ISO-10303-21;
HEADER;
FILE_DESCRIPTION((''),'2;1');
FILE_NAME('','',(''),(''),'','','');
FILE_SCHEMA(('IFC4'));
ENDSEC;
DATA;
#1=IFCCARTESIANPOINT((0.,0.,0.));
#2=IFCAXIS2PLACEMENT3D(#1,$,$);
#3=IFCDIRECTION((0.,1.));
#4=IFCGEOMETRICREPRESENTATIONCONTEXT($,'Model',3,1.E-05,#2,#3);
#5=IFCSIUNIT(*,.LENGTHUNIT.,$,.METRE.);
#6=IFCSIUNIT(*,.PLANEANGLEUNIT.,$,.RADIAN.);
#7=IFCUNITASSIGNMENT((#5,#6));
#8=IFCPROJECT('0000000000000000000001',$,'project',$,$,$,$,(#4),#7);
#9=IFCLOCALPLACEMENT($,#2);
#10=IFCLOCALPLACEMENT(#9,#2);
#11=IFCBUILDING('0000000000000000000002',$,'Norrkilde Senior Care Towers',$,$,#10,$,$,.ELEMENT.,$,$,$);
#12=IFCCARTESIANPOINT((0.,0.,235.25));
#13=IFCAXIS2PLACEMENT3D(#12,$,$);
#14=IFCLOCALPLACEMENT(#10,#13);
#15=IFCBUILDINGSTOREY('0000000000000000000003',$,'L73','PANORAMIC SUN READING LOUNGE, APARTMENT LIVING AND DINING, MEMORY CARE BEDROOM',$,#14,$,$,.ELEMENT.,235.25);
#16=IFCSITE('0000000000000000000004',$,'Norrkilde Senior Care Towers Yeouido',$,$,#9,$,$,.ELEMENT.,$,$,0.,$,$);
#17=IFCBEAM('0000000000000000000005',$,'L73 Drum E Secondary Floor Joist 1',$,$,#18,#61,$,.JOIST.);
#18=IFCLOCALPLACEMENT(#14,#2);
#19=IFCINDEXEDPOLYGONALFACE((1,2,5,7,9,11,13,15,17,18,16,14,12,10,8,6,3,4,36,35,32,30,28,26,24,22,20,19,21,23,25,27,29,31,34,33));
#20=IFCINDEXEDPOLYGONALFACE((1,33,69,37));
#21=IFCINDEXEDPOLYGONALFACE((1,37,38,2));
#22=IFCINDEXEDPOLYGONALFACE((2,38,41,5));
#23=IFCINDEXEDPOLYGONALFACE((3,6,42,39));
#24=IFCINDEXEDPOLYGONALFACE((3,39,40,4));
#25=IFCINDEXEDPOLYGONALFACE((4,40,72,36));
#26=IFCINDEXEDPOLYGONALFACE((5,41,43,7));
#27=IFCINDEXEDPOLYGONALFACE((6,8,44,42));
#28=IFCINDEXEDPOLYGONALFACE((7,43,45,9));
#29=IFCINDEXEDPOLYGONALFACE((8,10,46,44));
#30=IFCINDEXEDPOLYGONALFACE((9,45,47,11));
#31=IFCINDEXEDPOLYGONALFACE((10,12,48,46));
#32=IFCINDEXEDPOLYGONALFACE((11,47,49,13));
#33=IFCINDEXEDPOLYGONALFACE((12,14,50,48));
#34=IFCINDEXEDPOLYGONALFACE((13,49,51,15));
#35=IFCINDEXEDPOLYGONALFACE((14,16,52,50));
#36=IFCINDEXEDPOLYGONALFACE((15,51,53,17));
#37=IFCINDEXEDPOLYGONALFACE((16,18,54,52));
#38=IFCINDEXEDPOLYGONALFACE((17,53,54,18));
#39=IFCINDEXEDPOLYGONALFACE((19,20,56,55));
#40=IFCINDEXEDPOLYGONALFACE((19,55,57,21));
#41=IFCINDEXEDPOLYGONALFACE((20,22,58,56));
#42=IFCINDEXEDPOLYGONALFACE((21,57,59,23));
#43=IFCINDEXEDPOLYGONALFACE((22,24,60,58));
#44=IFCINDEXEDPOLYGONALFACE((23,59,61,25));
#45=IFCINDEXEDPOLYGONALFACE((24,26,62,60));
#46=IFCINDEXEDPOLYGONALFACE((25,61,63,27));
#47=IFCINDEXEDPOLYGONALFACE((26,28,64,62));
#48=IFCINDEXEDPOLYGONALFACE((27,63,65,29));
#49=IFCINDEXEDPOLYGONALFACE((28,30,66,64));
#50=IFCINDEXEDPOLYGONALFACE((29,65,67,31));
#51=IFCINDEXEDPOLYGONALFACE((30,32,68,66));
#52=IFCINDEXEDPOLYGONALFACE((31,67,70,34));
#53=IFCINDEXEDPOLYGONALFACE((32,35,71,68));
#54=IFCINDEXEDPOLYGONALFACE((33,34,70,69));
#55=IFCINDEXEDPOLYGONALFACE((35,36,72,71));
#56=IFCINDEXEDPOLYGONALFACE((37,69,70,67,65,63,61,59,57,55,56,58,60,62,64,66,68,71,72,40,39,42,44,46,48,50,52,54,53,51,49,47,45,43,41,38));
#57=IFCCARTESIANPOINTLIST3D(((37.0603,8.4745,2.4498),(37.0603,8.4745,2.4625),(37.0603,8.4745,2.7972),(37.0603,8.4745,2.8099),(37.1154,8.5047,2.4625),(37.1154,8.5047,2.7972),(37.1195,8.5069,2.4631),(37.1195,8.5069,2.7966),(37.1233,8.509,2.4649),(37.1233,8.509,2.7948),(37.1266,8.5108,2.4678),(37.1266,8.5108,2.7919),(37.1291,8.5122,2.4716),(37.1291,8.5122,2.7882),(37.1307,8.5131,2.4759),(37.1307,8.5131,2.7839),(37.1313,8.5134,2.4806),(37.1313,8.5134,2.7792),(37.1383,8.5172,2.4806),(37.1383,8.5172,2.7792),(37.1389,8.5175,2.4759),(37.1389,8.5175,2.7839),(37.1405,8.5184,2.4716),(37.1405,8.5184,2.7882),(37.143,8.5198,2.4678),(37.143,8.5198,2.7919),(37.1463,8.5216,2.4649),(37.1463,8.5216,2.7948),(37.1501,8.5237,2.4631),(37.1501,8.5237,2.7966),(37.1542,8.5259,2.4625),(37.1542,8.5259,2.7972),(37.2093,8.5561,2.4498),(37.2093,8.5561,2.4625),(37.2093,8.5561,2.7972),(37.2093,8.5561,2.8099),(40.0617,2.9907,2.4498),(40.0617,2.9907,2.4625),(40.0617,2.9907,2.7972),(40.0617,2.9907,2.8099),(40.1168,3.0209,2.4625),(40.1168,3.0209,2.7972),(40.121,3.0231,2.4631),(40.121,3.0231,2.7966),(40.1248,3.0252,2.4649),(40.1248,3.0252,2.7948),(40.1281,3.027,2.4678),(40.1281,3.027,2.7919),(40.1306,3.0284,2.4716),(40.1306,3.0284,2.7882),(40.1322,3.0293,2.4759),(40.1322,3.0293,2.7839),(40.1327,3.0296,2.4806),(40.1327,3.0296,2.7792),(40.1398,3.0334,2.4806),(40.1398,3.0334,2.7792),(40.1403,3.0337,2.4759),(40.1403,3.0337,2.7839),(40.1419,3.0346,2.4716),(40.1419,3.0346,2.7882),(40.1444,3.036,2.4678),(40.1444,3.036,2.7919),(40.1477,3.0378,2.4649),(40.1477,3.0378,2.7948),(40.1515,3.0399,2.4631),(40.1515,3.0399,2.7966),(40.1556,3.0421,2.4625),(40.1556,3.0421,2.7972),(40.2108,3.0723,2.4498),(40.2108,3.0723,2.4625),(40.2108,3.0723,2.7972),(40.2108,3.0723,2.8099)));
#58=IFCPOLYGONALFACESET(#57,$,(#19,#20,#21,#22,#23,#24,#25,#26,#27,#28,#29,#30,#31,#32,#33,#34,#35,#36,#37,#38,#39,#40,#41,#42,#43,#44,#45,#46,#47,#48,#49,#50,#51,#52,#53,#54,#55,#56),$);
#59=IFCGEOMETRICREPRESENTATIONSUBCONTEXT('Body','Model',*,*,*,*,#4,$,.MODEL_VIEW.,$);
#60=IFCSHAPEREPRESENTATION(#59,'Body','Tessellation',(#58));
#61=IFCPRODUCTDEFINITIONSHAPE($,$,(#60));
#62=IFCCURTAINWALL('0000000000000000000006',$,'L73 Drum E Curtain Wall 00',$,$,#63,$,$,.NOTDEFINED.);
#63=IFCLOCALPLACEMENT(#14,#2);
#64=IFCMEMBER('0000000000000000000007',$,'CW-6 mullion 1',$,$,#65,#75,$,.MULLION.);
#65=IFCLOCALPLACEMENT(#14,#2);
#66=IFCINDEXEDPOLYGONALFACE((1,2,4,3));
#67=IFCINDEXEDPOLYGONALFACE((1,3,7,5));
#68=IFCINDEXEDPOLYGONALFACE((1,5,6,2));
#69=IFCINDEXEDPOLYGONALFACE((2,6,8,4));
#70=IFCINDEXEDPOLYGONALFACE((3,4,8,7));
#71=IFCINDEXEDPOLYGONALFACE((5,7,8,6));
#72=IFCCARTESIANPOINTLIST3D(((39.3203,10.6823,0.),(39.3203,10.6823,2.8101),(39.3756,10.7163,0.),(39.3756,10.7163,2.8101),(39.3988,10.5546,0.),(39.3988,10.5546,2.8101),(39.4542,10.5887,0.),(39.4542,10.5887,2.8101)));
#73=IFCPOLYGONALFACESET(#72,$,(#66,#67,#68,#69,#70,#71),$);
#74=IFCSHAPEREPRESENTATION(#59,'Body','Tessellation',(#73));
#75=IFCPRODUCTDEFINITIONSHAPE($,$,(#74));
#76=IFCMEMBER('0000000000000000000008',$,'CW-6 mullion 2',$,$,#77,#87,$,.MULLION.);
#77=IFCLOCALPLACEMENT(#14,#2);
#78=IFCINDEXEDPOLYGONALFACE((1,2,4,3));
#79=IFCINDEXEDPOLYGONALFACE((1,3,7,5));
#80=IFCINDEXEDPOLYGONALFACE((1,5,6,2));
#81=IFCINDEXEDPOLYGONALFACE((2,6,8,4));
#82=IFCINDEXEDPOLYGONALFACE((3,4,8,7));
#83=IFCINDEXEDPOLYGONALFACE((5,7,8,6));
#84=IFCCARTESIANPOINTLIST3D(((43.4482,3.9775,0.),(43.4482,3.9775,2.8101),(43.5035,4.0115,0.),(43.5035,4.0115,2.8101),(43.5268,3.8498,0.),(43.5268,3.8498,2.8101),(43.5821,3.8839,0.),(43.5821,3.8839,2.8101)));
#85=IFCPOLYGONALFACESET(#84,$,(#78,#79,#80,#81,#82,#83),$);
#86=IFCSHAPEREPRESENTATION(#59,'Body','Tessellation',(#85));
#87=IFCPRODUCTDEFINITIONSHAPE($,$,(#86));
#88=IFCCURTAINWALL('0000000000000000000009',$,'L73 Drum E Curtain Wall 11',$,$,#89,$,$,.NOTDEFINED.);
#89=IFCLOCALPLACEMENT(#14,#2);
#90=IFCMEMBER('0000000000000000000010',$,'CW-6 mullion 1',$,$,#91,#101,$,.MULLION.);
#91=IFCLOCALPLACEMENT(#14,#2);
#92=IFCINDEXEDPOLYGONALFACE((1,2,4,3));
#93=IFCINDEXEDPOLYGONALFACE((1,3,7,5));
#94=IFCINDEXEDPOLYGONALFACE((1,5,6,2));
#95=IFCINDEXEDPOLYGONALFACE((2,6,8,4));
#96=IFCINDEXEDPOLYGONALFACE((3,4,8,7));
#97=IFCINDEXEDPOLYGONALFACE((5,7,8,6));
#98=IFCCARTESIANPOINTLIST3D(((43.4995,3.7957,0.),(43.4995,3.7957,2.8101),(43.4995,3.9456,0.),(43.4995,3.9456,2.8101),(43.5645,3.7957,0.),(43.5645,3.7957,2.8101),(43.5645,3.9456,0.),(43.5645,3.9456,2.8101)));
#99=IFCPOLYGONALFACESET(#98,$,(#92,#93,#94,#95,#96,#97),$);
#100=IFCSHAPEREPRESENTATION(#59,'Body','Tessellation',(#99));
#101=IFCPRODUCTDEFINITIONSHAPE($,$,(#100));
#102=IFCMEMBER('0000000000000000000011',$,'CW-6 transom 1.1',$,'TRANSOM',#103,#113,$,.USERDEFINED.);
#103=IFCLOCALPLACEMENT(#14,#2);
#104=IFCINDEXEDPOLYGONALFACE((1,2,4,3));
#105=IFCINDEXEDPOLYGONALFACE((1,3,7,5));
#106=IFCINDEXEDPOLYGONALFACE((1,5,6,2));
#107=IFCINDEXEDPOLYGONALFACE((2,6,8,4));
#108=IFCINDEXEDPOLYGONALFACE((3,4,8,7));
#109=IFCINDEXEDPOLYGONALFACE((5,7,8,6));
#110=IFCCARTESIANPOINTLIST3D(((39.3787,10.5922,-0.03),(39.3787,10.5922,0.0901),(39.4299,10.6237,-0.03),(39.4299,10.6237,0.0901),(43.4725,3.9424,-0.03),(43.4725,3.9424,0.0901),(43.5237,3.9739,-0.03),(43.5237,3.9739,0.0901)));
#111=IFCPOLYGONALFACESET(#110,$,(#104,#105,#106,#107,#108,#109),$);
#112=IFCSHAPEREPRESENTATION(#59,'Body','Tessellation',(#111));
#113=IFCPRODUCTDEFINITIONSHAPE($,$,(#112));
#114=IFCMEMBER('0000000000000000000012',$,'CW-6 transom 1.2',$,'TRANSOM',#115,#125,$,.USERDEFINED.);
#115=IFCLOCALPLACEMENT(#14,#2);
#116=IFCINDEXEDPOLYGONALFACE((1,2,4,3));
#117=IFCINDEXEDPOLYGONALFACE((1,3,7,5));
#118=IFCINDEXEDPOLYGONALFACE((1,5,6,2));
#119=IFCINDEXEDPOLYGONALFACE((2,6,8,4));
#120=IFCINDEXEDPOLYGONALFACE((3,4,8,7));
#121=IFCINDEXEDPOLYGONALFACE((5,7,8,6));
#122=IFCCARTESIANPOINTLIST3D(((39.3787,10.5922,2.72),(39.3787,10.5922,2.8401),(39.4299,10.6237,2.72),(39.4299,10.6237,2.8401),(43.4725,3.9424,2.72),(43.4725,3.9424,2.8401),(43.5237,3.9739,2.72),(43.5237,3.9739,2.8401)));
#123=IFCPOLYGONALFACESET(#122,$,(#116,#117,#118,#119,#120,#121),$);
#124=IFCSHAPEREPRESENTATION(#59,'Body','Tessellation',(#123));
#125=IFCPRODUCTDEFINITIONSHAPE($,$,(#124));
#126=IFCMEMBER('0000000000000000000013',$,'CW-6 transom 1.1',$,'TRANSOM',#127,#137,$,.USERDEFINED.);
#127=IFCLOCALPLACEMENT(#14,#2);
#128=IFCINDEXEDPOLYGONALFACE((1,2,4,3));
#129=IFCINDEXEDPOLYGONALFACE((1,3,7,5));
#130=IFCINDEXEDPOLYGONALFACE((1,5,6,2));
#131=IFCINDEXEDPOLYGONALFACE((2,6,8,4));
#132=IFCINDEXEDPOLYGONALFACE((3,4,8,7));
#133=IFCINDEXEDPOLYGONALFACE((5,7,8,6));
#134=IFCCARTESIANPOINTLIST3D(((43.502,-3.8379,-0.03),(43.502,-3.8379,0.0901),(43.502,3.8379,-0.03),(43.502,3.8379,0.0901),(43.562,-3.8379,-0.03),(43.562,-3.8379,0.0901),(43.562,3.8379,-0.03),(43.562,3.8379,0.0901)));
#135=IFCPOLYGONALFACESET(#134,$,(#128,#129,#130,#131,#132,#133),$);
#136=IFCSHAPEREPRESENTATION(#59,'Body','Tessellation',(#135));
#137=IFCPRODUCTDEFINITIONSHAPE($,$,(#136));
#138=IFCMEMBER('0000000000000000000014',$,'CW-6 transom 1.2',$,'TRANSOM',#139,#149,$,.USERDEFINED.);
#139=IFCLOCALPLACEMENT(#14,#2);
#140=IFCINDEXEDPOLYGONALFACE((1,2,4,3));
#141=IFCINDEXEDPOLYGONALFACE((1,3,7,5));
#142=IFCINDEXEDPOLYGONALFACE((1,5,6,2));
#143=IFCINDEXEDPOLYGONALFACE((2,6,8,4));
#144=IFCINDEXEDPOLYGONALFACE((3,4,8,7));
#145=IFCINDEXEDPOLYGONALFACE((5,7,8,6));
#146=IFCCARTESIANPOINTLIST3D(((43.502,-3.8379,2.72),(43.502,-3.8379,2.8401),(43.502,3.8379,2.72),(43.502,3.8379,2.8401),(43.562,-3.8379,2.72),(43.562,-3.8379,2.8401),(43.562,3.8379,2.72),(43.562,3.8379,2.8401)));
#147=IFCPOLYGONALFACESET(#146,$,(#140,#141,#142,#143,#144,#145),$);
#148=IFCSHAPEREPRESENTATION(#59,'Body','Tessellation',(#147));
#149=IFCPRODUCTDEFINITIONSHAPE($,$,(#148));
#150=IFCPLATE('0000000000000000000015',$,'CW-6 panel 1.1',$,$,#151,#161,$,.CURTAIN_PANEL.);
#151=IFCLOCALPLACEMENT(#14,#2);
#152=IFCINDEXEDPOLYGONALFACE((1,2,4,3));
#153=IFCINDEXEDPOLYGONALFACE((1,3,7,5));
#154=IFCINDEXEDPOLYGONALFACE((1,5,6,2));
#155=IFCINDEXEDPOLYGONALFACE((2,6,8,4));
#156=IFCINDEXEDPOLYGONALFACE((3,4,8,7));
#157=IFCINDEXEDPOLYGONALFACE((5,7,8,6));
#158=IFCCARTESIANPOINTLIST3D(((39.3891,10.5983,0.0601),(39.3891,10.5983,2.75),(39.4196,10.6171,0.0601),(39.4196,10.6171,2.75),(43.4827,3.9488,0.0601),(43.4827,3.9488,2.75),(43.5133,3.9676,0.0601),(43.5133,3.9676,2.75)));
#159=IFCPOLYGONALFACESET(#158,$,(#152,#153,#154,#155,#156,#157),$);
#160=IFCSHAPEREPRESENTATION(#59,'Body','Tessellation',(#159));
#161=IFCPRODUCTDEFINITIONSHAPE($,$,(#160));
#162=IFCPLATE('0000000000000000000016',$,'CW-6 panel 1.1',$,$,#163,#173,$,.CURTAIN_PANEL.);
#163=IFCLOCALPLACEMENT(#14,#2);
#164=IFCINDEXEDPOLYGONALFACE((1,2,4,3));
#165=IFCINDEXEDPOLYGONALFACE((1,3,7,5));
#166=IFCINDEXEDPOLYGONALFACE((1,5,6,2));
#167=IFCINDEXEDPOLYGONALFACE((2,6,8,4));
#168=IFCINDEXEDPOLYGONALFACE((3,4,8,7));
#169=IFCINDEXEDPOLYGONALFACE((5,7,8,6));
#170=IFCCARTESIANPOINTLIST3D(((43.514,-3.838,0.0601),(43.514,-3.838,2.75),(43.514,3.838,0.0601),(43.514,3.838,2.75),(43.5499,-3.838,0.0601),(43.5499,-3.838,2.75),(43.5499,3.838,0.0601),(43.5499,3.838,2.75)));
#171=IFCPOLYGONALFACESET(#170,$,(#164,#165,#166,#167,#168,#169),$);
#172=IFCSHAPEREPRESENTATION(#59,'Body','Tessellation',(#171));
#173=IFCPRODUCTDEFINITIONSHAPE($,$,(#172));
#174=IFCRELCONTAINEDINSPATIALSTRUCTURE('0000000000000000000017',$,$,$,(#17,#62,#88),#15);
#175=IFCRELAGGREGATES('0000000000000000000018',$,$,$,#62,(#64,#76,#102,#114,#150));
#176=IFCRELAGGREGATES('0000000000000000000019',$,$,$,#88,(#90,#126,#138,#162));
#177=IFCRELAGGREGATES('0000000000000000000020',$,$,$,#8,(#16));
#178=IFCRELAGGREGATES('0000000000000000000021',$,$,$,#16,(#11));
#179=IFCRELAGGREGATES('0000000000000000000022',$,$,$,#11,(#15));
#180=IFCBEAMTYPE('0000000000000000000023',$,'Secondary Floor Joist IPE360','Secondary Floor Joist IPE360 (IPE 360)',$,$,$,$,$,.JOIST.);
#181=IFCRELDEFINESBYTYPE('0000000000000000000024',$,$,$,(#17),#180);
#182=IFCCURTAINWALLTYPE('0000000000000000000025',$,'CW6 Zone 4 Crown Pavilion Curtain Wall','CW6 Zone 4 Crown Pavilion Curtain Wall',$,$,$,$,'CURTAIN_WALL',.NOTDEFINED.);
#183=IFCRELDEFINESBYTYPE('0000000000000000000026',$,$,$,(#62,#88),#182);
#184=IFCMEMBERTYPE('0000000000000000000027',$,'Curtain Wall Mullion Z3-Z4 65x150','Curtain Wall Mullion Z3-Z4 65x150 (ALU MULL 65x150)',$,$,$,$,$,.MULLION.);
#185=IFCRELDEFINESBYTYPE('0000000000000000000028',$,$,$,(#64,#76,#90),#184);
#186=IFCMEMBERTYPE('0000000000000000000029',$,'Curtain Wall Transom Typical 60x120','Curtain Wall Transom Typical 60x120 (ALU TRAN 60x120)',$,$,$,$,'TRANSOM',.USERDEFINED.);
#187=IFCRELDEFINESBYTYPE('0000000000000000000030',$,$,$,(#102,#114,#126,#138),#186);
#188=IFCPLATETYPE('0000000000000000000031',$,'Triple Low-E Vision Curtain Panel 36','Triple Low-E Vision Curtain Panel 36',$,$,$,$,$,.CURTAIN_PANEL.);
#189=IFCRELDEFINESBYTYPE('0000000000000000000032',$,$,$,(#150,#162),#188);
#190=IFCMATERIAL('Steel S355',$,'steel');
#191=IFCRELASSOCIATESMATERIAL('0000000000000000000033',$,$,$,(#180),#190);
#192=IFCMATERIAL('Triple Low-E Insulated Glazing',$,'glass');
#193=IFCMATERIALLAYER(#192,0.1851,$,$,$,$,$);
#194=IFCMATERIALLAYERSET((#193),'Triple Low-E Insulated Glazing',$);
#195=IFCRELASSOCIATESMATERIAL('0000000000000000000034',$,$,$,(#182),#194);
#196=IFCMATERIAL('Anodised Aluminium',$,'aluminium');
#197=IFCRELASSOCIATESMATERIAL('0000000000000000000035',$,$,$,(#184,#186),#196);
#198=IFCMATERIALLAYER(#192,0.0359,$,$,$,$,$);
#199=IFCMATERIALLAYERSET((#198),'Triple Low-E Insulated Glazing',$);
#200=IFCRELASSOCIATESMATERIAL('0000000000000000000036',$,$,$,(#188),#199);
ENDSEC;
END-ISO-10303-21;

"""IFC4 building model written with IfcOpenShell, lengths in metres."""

from ifc_helpers import new_model, si_unit, direction, frame, origin, origin_2d, place, context, subcontext, project, spatial, rectangle, i_section, extrude, source, transform, mapped, material, layer, layer_set, material_profile, profile_set, type_object, type_shapes, element, aggregate, save


model = new_model("IFC4")

# Units and contexts
model_context = context("Model", 3, precision=1e-05, world=origin(), true_north=direction((0.0, 1.0)))
body_context = subcontext(model_context, "Body", "Model", "MODEL_VIEW")
ifc_project = project(units=[si_unit("LENGTHUNIT", "METRE"), si_unit("PLANEANGLEUNIT", "RADIAN")], contexts=[model_context])

# Site, building, storey
site_placement = place(None, origin())
site = spatial("IfcSite", under=ifc_project, at=site_placement, Name="Norrkilde Senior Care Towers Yeouido", CompositionType="ELEMENT", RefElevation=0.0)
building_placement = place(site_placement, origin())
building = spatial("IfcBuilding", under=site, at=building_placement, Name="Norrkilde Senior Care Towers", CompositionType="ELEMENT")
storey_placement = place(building_placement, frame((0.0, 0.0, 235.25)))
storey = spatial("IfcBuildingStorey", under=building, at=storey_placement, Name="L73", Description="PANORAMIC SUN READING LOUNGE, APARTMENT LIVING AND DINING, MEMORY CARE BEDROOM", CompositionType="ELEMENT", Elevation=235.25)

# Beam
ifc_material_1 = material(Name="Steel S355", Category="steel")
ifc_material_profile_1 = material_profile(ifc_material_1, i_section(OverallWidth=0.1699, OverallDepth=0.3601, WebThickness=0.0081, FlangeThickness=0.0127, FilletRadius=0.0181, at=origin_2d()), Name="IPE 360")
ifc_profile_set_1 = profile_set([ifc_material_profile_1], Name="Steel S355")
beam_type_1 = type_object("IfcBeamType", Name="Secondary Floor Joist IPE360", Description="Secondary Floor Joist IPE360 (IPE 360)", PredefinedType="JOIST", material=ifc_profile_set_1)
shared_shape_1 = source(origin(), body_context, "Body", "SweptSolid", [
    extrude(i_section(OverallWidth=0.1699, OverallDepth=0.3601, WebThickness=0.0081, FlangeThickness=0.0127, FilletRadius=0.0181, at=origin_2d()), origin(), (0.0, 0.0, 1.0), 6.2515),
])
type_shapes(beam_type_1, [shared_shape_1])
beam_1_placement = place(storey_placement, frame((40.1362, 3.0315, 2.6299), z_axis=(-0.480116, 0.877205, 0.0), x_axis=(-0.877205, -0.480116, 0.0)))
element("IfcBeam", 1, at=beam_1_placement, inside=storey, type_object=beam_type_1, Name="L73 Drum E Secondary Floor Joist 1", PredefinedType="JOIST", context=body_context, shape_type="MappedRepresentation", body=[
    mapped(shared_shape_1, transform((0.0, 0.0, 0.0), x_axis=(1.0, 0.0, 0.0), y_axis=(0.0, 1.0, 0.0), z_axis=(0.0, 0.0, 1.0), scale=1.0)),
])

# Curtain wall, members
ifc_material_2 = material(Name="Triple Low-E Insulated Glazing", Category="glass")
ifc_layer_1 = layer(ifc_material_2, 0.1851)
ifc_layer_set_1 = layer_set([ifc_layer_1], Name="Triple Low-E Insulated Glazing")
curtain_wall_type = type_object("IfcCurtainWallType", Name="CW6 Zone 4 Crown Pavilion Curtain Wall", Description="CW6 Zone 4 Crown Pavilion Curtain Wall", ElementType="CURTAIN_WALL", PredefinedType="NOTDEFINED", material=ifc_layer_set_1)
curtain_wall_1_placement = place(storey_placement, origin())
curtain_wall_1 = element("IfcCurtainWall", 2, at=curtain_wall_1_placement, inside=storey, type_object=curtain_wall_type, Name="L73 Drum E Curtain Wall 00", PredefinedType="NOTDEFINED")
ifc_material_3 = material(Name="Anodised Aluminium", Category="aluminium")
ifc_material_profile_2 = material_profile(ifc_material_3, rectangle(XDim=0.0649, YDim=0.1499, at=origin_2d()), Name="ALU MULL 65x150")
ifc_profile_set_2 = profile_set([ifc_material_profile_2], Name="Anodised Aluminium")
member_type_1 = type_object("IfcMemberType", Name="Curtain Wall Mullion Z3-Z4 65x150", Description="Curtain Wall Mullion Z3-Z4 65x150 (ALU MULL 65x150)", PredefinedType="MULLION", material=ifc_profile_set_2)
shared_shape_2 = source(origin(), body_context, "Body", "SweptSolid", [
    extrude(rectangle(XDim=0.0649, YDim=0.1499, at=origin_2d()), origin(), (0.0, 0.0, 1.0), 2.8101),
])
type_shapes(member_type_1, [shared_shape_2])
member_1_placement = place(storey_placement, frame((39.3872, 10.6355, 0.0), z_axis=(0.0, 0.0, 1.0), x_axis=(0.851563, 0.524253, 0.0)))
member_1 = element("IfcMember", 3, at=member_1_placement, type_object=member_type_1, Name="CW-6 mullion 1", PredefinedType="MULLION", context=body_context, shape_type="MappedRepresentation", body=[
    mapped(shared_shape_2, transform((0.0, 0.0, 0.0), x_axis=(1.0, 0.0, 0.0), y_axis=(0.0, 1.0, 0.0), z_axis=(0.0, 0.0, 1.0), scale=1.0)),
])
member_2_placement = place(storey_placement, frame((43.5151, 3.9307, 0.0), z_axis=(0.0, 0.0, 1.0), x_axis=(0.851563, 0.524253, 0.0)))
member_2 = element("IfcMember", 4, at=member_2_placement, type_object=member_type_1, Name="CW-6 mullion 2", PredefinedType="MULLION", context=body_context, shape_type="MappedRepresentation", body=[
    mapped(shared_shape_2, transform((0.0, 0.0, 0.0), x_axis=(1.0, 0.0, 0.0), y_axis=(0.0, 1.0, 0.0), z_axis=(0.0, 0.0, 1.0), scale=1.0)),
])

# Curtain wall, member
curtain_wall_2_placement = place(storey_placement, origin())
curtain_wall_2 = element("IfcCurtainWall", 5, at=curtain_wall_2_placement, inside=storey, type_object=curtain_wall_type, Name="L73 Drum E Curtain Wall 11", PredefinedType="NOTDEFINED")
member_3_placement = place(storey_placement, frame((43.532, 3.8706, 0.0), z_axis=(0.0, 0.0, 1.0), x_axis=(1.0, 0.0, 0.0)))
member_3 = element("IfcMember", 6, at=member_3_placement, type_object=member_type_1, Name="CW-6 mullion 1", PredefinedType="MULLION", context=body_context, shape_type="MappedRepresentation", body=[
    mapped(shared_shape_2, transform((0.0, 0.0, 0.0), x_axis=(1.0, 0.0, 0.0), y_axis=(0.0, 1.0, 0.0), z_axis=(0.0, 0.0, 1.0), scale=1.0)),
])

# Members
ifc_material_profile_3 = material_profile(ifc_material_3, rectangle(XDim=0.0601, YDim=0.1201, at=origin_2d()), Name="ALU TRAN 60x120")
ifc_profile_set_3 = profile_set([ifc_material_profile_3], Name="Anodised Aluminium")
member_type_2 = type_object("IfcMemberType", Name="Curtain Wall Transom Typical 60x120", Description="Curtain Wall Transom Typical 60x120 (ALU TRAN 60x120)", ElementType="TRANSOM", PredefinedType="USERDEFINED", material=ifc_profile_set_3)
shared_shape_3 = source(origin(), body_context, "Body", "SweptSolid", [
    extrude(rectangle(XDim=0.0601, YDim=0.1201, at=origin_2d()), origin(), (0.0, 0.0, 1.0), 7.8088),
])
member_4_placement = place(storey_placement, frame((39.4043, 10.6079, 0.03), z_axis=(0.524251, -0.851564, 0.0), x_axis=(0.851564, 0.524251, 0.0)))
member_4 = element("IfcMember", 7, at=member_4_placement, type_object=member_type_2, Name="CW-6 transom 1.1", ObjectType="TRANSOM", PredefinedType="USERDEFINED", context=body_context, shape_type="MappedRepresentation", body=[
    mapped(shared_shape_3, transform((0.0, 0.0, 0.0), x_axis=(1.0, 0.0, 0.0), y_axis=(0.0, 1.0, 0.0), z_axis=(0.0, 0.0, 1.0), scale=1.0)),
])
member_5_placement = place(storey_placement, frame((39.4043, 10.6079, 2.78), z_axis=(0.524251, -0.851564, 0.0), x_axis=(0.851564, 0.524251, 0.0)))
member_5 = element("IfcMember", 8, at=member_5_placement, type_object=member_type_2, Name="CW-6 transom 1.2", ObjectType="TRANSOM", PredefinedType="USERDEFINED", context=body_context, shape_type="MappedRepresentation", body=[
    mapped(shared_shape_3, transform((0.0, 0.0, 0.0), x_axis=(1.0, 0.0, 0.0), y_axis=(0.0, 1.0, 0.0), z_axis=(0.0, 0.0, 1.0), scale=1.0)),
])
shared_shape_4 = source(origin(), body_context, "Body", "SweptSolid", [
    extrude(rectangle(XDim=0.0601, YDim=0.1201, at=origin_2d()), origin(), (0.0, 0.0, 1.0), 7.6758),
])
type_shapes(member_type_2, [shared_shape_3, shared_shape_4])
member_6_placement = place(storey_placement, frame((43.532, 3.8379, 0.03), z_axis=(0.0, -1.0, 0.0), x_axis=(1.0, 0.0, 0.0)))
member_6 = element("IfcMember", 9, at=member_6_placement, type_object=member_type_2, Name="CW-6 transom 1.1", ObjectType="TRANSOM", PredefinedType="USERDEFINED", context=body_context, shape_type="MappedRepresentation", body=[
    mapped(shared_shape_4, transform((0.0, 0.0, 0.0), x_axis=(1.0, 0.0, 0.0), y_axis=(0.0, 1.0, 0.0), z_axis=(0.0, 0.0, 1.0), scale=1.0)),
])
member_7_placement = place(storey_placement, frame((43.532, 3.8379, 2.78), z_axis=(0.0, -1.0, 0.0), x_axis=(1.0, 0.0, 0.0)))
member_7 = element("IfcMember", 10, at=member_7_placement, type_object=member_type_2, Name="CW-6 transom 1.2", ObjectType="TRANSOM", PredefinedType="USERDEFINED", context=body_context, shape_type="MappedRepresentation", body=[
    mapped(shared_shape_4, transform((0.0, 0.0, 0.0), x_axis=(1.0, 0.0, 0.0), y_axis=(0.0, 1.0, 0.0), z_axis=(0.0, 0.0, 1.0), scale=1.0)),
])

# Plates
ifc_layer_2 = layer(ifc_material_2, 0.0359)
ifc_layer_set_2 = layer_set([ifc_layer_2], Name="Triple Low-E Insulated Glazing")
plate_type = type_object("IfcPlateType", Name="Triple Low-E Vision Curtain Panel 36", Description="Triple Low-E Vision Curtain Panel 36", PredefinedType="CURTAIN_PANEL", material=ifc_layer_set_2)
shared_shape_5 = source(origin(), body_context, "Body", "SweptSolid", [
    extrude(rectangle(XDim=7.8086, YDim=0.0359, at=origin_2d()), origin(), (0.0, 0.0, 1.0), 2.6899),
])
plate_1_placement = place(storey_placement, frame((41.4512, 7.283, 0.0601), z_axis=(0.0, 0.0, 1.0), x_axis=(0.524253, -0.851563, 0.0)))
plate_1 = element("IfcPlate", 11, at=plate_1_placement, type_object=plate_type, Name="CW-6 panel 1.1", PredefinedType="CURTAIN_PANEL", context=body_context, shape_type="MappedRepresentation", body=[
    mapped(shared_shape_5, transform((0.0, 0.0, 0.0), x_axis=(1.0, 0.0, 0.0), y_axis=(0.0, 1.0, 0.0), z_axis=(0.0, 0.0, 1.0), scale=1.0)),
])
aggregate(curtain_wall_1, [member_1, member_2, member_4, member_5, plate_1])
shared_shape_6 = source(origin(), body_context, "Body", "SweptSolid", [
    extrude(rectangle(XDim=7.676, YDim=0.0359, at=origin_2d()), origin(), (0.0, 0.0, 1.0), 2.6899),
])
type_shapes(plate_type, [shared_shape_5, shared_shape_6])
plate_2_placement = place(storey_placement, frame((43.532, 0.0, 0.0601), z_axis=(0.0, 0.0, 1.0), x_axis=(0.0, -1.0, 0.0)))
plate_2 = element("IfcPlate", 12, at=plate_2_placement, type_object=plate_type, Name="CW-6 panel 1.1", PredefinedType="CURTAIN_PANEL", context=body_context, shape_type="MappedRepresentation", body=[
    mapped(shared_shape_6, transform((0.0, 0.0, 0.0), x_axis=(1.0, 0.0, 0.0), y_axis=(0.0, 1.0, 0.0), z_axis=(0.0, 0.0, 1.0), scale=1.0)),
])
aggregate(curtain_wall_2, [member_3, member_6, member_7, plate_2])

save(model, "model.ifc")
